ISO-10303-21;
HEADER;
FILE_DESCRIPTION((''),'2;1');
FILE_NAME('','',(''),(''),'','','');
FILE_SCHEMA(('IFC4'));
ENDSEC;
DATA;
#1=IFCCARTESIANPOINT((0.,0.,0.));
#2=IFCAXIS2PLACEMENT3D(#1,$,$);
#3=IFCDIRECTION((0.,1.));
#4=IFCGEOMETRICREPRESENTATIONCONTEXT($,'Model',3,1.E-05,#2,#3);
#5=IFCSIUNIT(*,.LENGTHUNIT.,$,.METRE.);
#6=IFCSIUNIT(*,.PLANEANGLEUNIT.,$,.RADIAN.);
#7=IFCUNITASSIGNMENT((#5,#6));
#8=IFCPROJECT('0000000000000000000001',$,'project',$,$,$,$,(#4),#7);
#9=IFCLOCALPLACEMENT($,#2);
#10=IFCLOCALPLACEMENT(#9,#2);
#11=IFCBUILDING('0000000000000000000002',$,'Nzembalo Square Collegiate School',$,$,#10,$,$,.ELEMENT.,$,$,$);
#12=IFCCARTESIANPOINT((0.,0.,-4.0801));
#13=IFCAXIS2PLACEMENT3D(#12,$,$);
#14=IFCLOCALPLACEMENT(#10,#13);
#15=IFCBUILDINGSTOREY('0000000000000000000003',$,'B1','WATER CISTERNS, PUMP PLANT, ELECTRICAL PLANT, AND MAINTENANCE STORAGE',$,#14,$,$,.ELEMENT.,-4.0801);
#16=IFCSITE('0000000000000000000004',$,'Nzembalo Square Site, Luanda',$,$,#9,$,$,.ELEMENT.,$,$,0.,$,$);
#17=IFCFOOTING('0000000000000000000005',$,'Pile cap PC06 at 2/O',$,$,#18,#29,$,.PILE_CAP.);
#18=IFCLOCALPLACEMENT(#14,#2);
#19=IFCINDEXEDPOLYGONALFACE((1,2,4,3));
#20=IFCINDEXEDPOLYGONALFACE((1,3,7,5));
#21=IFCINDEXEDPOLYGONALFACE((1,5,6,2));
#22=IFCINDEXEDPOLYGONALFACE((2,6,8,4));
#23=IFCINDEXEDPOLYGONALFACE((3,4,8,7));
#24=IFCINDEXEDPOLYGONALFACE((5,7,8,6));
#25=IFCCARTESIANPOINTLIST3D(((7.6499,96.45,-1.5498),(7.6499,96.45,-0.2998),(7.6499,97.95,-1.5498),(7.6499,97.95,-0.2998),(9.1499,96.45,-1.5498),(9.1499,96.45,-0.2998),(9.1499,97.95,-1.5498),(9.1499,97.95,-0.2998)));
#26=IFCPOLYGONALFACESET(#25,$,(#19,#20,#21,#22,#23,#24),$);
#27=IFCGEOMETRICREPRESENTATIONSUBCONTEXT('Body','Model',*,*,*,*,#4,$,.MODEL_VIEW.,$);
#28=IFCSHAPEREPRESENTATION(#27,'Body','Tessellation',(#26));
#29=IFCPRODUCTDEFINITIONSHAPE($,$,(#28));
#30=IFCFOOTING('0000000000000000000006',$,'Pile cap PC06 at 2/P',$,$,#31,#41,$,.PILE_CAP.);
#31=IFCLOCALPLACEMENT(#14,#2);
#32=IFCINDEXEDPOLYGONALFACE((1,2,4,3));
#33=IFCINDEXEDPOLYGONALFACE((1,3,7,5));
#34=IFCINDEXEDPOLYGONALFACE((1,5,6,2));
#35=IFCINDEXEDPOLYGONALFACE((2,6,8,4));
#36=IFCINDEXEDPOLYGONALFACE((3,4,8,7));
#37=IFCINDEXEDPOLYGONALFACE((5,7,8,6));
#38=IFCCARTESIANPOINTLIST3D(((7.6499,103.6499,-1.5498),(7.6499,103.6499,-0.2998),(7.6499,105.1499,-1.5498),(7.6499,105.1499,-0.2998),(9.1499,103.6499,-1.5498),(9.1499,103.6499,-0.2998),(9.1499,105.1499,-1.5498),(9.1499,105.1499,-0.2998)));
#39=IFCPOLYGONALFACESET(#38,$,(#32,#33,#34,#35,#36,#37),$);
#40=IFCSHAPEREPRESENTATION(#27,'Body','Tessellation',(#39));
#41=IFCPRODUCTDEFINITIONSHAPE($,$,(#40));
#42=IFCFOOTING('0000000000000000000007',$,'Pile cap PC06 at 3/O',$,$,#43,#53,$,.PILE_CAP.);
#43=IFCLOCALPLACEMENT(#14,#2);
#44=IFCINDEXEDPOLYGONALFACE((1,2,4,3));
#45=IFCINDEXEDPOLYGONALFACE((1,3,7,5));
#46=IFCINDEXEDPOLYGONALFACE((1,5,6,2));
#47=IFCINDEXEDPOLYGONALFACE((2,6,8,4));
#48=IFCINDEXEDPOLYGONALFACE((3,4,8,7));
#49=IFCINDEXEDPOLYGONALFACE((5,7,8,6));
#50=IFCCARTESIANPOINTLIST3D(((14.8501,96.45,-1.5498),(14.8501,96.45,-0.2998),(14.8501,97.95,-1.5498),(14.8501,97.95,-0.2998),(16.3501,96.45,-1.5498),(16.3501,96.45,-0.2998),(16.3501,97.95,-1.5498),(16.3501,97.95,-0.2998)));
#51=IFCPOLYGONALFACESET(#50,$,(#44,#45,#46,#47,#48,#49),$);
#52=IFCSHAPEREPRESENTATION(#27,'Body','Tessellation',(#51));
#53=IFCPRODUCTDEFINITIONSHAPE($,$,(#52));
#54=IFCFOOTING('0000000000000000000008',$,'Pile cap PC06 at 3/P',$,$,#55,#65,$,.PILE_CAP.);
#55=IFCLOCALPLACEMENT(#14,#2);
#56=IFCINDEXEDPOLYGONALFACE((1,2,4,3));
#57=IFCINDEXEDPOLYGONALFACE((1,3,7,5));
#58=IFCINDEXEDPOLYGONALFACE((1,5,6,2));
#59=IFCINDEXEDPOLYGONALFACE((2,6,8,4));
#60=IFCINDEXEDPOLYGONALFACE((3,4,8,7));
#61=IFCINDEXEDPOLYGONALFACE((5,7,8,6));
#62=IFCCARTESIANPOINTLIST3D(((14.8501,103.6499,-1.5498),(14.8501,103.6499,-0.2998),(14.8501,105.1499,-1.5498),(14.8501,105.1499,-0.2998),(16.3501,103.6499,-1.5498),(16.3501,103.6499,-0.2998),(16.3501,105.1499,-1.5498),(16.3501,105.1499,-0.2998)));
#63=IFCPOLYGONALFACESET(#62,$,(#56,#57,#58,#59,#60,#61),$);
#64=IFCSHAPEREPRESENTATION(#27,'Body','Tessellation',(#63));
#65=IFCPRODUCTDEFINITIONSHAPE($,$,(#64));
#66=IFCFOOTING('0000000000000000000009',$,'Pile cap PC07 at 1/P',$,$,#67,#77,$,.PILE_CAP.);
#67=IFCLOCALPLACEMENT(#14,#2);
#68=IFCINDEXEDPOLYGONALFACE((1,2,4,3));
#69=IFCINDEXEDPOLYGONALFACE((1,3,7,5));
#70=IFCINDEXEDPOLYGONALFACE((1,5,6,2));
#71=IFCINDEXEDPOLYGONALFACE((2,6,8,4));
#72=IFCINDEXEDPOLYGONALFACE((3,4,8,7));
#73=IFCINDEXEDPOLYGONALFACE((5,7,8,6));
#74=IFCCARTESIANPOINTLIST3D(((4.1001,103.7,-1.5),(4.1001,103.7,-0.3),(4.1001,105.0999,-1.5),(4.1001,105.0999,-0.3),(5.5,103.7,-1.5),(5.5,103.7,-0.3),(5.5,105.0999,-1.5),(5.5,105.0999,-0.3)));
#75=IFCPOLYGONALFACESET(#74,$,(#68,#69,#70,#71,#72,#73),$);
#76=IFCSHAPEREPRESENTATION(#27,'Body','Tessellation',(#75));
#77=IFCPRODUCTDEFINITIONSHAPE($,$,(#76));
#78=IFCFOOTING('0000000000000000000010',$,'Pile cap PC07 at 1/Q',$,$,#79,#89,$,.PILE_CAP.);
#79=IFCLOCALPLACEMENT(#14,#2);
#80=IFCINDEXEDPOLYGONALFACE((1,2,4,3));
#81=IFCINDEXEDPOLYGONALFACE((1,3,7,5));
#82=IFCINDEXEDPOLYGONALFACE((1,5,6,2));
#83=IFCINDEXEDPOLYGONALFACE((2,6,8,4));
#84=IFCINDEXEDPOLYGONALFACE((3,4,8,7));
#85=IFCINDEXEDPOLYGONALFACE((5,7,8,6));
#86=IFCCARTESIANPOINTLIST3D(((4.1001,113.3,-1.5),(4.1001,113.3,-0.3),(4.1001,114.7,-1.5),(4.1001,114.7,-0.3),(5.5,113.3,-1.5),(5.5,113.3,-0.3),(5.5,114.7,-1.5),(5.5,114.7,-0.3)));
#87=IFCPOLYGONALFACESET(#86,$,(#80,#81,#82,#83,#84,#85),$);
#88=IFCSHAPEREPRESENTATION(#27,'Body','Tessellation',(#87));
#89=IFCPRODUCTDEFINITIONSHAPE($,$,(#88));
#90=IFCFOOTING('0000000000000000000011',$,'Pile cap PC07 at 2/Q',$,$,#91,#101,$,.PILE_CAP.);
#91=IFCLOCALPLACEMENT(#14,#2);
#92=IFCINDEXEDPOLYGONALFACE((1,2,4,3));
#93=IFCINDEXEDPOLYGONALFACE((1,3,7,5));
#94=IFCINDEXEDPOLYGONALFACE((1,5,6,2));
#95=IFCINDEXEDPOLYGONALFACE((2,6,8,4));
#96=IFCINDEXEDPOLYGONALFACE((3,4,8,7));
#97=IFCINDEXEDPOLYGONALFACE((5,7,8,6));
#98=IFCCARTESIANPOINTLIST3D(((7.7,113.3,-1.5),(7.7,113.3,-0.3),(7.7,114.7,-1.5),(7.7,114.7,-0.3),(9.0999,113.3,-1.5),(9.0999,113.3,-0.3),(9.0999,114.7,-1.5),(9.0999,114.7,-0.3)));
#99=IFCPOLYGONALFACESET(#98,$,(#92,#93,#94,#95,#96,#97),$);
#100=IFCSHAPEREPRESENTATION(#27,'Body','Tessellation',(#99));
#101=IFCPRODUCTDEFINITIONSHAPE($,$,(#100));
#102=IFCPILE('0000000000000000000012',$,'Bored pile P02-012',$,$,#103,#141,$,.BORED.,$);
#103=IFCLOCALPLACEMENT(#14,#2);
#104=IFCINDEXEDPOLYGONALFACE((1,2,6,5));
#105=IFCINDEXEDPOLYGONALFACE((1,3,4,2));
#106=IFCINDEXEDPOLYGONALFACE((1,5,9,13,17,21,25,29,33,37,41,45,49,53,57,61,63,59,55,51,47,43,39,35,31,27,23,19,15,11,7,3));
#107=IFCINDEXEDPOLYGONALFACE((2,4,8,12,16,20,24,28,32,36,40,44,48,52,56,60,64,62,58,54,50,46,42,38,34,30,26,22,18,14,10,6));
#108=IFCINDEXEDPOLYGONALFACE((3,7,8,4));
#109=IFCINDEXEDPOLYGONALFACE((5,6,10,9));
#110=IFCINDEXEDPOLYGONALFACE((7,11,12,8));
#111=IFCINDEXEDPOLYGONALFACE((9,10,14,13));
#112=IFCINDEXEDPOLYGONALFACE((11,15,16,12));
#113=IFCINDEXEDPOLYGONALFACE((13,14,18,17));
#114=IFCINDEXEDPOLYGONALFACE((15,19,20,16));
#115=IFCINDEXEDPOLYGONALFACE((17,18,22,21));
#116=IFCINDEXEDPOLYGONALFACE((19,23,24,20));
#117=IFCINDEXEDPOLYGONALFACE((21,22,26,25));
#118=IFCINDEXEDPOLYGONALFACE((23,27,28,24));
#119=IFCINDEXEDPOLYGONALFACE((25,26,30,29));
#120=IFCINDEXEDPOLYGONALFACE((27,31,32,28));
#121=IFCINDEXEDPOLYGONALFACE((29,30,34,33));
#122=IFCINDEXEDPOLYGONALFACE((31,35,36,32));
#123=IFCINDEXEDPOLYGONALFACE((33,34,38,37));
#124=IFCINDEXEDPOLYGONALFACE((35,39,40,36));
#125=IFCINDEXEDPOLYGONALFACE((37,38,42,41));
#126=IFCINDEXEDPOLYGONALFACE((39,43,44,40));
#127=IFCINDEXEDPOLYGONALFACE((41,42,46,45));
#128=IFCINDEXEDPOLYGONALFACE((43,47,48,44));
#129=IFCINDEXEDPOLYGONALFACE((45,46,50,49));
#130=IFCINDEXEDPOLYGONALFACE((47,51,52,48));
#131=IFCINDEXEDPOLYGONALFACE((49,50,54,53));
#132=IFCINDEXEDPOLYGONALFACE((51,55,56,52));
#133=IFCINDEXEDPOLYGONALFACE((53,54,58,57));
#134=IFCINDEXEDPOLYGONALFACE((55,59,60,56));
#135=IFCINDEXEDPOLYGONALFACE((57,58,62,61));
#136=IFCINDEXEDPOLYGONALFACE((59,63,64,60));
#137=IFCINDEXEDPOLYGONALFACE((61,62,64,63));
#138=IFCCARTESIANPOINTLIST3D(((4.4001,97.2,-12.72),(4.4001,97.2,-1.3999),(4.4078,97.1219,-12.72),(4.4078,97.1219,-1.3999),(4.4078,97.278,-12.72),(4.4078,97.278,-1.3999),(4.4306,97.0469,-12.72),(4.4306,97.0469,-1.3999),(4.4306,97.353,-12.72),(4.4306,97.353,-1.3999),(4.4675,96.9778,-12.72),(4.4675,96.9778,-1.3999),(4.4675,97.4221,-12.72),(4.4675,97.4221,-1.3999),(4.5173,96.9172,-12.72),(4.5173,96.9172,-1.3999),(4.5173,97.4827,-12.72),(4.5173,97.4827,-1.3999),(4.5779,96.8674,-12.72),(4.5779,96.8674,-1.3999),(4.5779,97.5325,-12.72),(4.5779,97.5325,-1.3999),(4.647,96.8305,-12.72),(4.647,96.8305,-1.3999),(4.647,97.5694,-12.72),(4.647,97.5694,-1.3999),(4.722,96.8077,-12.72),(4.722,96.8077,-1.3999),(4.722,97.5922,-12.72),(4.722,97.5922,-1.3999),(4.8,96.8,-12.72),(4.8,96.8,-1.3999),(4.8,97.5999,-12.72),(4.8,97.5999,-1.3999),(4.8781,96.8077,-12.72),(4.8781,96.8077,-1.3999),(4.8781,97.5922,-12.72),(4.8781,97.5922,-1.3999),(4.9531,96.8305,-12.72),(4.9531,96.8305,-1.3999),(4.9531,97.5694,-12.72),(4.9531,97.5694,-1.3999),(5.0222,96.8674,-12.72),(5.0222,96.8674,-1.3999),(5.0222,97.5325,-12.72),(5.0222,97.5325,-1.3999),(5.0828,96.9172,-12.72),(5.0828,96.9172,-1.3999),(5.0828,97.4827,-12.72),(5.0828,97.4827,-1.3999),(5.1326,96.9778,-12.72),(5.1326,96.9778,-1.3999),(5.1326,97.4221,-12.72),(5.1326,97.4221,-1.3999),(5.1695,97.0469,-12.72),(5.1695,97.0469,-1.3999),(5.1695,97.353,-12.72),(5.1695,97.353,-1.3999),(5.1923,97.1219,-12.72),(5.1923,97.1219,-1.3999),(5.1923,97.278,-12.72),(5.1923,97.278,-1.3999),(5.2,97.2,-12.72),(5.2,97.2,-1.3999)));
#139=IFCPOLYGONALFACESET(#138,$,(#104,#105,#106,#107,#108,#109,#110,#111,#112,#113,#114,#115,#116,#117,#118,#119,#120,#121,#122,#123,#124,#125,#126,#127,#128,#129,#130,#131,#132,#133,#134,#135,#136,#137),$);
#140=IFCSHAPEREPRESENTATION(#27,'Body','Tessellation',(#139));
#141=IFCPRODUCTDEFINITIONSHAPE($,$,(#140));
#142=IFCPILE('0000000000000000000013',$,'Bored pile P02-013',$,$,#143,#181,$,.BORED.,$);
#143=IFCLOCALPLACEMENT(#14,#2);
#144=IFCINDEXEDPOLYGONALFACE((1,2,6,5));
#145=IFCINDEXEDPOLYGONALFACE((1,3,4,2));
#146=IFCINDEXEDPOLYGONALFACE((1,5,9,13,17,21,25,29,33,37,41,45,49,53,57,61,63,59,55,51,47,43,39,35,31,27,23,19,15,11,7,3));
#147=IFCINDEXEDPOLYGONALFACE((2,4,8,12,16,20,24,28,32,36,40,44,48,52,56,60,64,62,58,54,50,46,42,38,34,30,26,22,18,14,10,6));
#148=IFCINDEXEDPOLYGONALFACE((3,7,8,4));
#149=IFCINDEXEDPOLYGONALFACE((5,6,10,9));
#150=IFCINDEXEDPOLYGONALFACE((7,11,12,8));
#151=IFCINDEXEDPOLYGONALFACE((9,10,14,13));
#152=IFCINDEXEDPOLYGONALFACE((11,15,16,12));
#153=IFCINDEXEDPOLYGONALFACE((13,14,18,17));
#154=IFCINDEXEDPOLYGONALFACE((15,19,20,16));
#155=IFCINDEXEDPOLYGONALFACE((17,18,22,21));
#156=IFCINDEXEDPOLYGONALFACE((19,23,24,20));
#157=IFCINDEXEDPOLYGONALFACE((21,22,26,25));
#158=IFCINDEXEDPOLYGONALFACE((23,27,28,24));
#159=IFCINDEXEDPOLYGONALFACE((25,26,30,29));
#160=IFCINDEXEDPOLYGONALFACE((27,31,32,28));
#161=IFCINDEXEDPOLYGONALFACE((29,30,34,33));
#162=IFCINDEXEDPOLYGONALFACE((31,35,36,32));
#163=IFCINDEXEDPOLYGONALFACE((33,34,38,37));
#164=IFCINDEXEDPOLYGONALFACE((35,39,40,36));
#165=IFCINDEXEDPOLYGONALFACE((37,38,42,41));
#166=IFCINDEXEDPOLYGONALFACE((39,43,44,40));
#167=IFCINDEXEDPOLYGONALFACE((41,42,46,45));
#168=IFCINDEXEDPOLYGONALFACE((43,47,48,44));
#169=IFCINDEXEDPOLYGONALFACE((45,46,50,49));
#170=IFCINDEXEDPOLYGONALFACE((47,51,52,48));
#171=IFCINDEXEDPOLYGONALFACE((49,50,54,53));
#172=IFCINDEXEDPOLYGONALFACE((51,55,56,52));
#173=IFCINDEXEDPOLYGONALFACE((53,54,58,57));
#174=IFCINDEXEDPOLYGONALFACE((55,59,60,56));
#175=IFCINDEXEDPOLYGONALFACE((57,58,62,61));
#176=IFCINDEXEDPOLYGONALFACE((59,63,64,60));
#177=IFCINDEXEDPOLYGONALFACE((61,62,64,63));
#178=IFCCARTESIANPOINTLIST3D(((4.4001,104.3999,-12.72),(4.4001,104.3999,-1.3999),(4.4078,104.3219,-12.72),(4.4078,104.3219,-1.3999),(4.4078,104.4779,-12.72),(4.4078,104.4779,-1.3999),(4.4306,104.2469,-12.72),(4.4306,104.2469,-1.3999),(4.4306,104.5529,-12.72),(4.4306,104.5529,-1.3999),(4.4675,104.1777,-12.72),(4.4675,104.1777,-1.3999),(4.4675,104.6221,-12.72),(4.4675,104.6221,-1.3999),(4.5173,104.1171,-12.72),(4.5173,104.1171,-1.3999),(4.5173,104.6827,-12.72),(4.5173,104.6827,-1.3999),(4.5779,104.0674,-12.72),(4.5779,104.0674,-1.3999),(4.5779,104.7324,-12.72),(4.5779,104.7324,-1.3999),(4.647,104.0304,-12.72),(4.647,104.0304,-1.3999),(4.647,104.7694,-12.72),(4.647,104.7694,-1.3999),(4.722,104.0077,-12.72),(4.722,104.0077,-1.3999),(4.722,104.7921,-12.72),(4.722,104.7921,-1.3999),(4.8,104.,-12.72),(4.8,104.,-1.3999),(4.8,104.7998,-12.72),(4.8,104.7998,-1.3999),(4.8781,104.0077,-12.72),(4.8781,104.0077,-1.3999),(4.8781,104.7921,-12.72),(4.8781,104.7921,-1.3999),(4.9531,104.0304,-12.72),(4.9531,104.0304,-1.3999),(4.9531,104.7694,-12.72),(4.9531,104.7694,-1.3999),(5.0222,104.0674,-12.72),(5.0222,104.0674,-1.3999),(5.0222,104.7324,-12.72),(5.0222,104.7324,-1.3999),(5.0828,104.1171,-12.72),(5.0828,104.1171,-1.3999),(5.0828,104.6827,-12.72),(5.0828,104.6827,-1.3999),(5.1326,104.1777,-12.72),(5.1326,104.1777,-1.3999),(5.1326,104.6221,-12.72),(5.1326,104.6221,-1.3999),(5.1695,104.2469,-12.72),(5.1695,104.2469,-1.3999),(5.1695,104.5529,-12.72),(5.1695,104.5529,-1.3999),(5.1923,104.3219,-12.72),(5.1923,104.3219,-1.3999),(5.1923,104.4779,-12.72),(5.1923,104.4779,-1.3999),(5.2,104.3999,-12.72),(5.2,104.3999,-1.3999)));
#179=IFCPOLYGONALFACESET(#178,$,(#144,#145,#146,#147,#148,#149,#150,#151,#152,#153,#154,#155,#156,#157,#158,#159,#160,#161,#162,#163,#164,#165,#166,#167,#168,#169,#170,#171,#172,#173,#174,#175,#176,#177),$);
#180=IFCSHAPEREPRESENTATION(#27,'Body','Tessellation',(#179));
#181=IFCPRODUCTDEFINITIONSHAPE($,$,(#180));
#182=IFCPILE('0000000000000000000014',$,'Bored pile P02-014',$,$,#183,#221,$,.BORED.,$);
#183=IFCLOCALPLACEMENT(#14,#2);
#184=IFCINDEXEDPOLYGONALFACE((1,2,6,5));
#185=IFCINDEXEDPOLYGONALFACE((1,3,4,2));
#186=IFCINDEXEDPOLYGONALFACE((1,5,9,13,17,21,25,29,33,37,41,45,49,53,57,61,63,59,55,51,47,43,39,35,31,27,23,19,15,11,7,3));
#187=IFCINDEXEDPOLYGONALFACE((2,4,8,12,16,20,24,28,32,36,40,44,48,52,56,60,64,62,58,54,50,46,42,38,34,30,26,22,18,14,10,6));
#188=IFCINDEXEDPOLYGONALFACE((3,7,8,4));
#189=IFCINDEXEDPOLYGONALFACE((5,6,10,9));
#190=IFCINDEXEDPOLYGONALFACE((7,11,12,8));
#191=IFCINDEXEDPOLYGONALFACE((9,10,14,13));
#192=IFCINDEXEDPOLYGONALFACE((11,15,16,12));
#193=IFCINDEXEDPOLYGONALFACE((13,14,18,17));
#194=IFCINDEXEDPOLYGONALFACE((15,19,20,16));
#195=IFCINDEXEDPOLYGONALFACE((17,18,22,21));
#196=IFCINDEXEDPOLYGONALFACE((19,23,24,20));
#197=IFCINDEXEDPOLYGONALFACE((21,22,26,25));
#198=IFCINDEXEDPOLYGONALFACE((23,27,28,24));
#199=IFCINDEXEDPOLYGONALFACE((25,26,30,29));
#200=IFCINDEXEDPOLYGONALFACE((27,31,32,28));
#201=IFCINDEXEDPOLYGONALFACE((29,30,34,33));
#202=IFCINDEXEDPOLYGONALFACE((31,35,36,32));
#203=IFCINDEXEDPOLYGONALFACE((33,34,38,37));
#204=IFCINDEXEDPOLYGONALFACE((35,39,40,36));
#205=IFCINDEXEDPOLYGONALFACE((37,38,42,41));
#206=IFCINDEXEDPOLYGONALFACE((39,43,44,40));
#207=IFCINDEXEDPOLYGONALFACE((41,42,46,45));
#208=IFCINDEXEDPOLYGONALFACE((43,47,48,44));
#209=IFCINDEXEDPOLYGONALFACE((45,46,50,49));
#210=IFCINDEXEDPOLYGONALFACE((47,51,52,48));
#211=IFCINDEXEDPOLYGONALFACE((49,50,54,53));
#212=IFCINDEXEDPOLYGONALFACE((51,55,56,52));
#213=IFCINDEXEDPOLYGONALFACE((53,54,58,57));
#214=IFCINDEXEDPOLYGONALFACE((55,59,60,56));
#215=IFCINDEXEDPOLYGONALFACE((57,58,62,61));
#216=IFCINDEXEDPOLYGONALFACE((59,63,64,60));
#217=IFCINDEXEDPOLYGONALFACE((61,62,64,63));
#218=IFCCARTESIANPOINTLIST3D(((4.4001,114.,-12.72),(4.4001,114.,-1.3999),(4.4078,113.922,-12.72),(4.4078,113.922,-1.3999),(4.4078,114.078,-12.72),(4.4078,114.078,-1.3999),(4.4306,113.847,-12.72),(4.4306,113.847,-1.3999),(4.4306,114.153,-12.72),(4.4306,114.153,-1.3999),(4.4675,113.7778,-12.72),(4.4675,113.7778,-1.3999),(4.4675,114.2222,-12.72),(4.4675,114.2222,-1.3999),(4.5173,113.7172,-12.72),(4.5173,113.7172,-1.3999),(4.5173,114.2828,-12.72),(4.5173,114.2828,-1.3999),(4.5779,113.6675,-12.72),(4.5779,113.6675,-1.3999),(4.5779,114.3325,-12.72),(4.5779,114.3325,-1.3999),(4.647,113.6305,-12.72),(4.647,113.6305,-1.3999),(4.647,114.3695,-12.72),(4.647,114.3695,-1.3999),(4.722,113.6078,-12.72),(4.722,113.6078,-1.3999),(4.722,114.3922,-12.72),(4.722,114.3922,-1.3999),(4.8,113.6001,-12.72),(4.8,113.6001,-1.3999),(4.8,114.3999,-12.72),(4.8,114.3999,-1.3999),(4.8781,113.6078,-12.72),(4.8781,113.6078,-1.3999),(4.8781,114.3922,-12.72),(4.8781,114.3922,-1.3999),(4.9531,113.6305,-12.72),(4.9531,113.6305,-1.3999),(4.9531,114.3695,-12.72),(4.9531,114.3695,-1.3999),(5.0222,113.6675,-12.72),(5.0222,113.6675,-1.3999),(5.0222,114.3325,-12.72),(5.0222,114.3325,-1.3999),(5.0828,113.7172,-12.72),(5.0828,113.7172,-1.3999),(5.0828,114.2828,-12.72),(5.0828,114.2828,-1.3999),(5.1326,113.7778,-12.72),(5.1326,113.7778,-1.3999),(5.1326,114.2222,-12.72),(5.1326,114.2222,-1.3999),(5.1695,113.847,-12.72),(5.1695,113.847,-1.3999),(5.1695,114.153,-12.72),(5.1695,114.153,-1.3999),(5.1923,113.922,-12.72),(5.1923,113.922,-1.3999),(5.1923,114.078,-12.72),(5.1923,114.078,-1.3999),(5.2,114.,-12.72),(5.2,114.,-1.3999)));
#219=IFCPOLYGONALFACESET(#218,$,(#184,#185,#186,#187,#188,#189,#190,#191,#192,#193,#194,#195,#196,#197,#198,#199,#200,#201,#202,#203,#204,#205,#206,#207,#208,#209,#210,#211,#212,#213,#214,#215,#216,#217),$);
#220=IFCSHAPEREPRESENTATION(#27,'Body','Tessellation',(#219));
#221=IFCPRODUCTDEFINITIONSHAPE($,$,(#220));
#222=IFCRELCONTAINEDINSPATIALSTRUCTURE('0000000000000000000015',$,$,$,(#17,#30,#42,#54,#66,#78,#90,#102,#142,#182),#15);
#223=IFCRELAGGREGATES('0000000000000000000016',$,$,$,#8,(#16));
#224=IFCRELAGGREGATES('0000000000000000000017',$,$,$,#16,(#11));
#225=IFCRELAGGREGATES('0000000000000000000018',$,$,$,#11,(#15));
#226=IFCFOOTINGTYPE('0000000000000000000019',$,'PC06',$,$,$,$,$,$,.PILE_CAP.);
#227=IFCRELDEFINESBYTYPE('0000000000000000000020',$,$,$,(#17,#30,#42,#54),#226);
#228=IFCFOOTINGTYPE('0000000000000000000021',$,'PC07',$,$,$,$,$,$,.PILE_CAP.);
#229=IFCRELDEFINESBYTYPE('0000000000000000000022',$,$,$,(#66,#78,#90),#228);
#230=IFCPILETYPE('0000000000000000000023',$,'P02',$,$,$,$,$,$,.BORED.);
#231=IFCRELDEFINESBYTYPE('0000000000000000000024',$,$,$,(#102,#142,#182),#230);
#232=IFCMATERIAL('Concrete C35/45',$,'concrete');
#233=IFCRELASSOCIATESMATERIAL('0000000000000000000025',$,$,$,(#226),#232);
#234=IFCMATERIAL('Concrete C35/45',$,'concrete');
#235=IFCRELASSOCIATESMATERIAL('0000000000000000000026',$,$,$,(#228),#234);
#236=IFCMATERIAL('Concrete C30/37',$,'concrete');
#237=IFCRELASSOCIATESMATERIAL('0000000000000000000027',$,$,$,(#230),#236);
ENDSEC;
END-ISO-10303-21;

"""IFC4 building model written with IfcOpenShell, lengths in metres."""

from ifc_helpers import new_model, si_unit, direction, frame, origin, origin_2d, place, context, subcontext, project, spatial, rectangle, circle, extrude, material, material_profile, profile_set, type_object, element, save


model = new_model("IFC4")

# Units and contexts
model_context = context("Model", 3, precision=1e-05, world=origin(), true_north=direction((0.0, 1.0)))
body_context = subcontext(model_context, "Body", "Model", "MODEL_VIEW")
ifc_project = project(units=[si_unit("LENGTHUNIT", "METRE"), si_unit("PLANEANGLEUNIT", "RADIAN")], contexts=[model_context])

# Site, building, storey
site_placement = place(None, origin())
site = spatial("IfcSite", under=ifc_project, at=site_placement, Name="Nzembalo Square Site, Luanda", CompositionType="ELEMENT", RefElevation=0.0)
building_placement = place(site_placement, origin())
building = spatial("IfcBuilding", under=site, at=building_placement, Name="Nzembalo Square Collegiate School", CompositionType="ELEMENT")
storey_placement = place(building_placement, frame((0.0, 0.0, -4.0801)))
storey = spatial("IfcBuildingStorey", under=building, at=storey_placement, Name="B1", Description="WATER CISTERNS, PUMP PLANT, ELECTRICAL PLANT, AND MAINTENANCE STORAGE", CompositionType="ELEMENT", Elevation=-4.0801)

# Footings
ifc_material_1 = material(Name="Concrete C35/45", Category="concrete")
footing_type_1 = type_object("IfcFootingType", Name="PC06", PredefinedType="PILE_CAP", material=ifc_material_1)
for number, where, z_axis, x_axis, name in (
    (1, (8.3999, 97.2, -1.5498), (0.0, 0.0, 1.0), (1.0, 0.0, 0.0), "Pile cap PC06 at 2/O"),
    (2, (8.3999, 104.3999, -1.5498), (0.0, 0.0, 1.0), (1.0, 0.0, 0.0), "Pile cap PC06 at 2/P"),
    (3, (15.6001, 97.2, -1.5498), (0.0, 0.0, 1.0), (1.0, 0.0, 0.0), "Pile cap PC06 at 3/O"),
    (4, (15.6001, 104.3999, -1.5498), (0.0, 0.0, 1.0), (1.0, 0.0, 0.0), "Pile cap PC06 at 3/P"),
):
    element("IfcFooting", number, at=place(storey_placement, frame(where, z_axis=z_axis, x_axis=x_axis)), inside=storey, type_object=footing_type_1, Name=name, PredefinedType="PILE_CAP", context=body_context, shape_type="SweptSolid", body=[
        extrude(rectangle(XDim=1.5, YDim=1.5, at=origin_2d()), origin(), (0.0, 0.0, 1.0), 1.25),
    ])
ifc_material_2 = material(Name="Concrete C35/45", Category="concrete")
footing_type_2 = type_object("IfcFootingType", Name="PC07", PredefinedType="PILE_CAP", material=ifc_material_2)
for number, where, z_axis, x_axis, name in (
    (5, (4.8, 104.3999, -1.5), (0.0, 0.0, 1.0), (1.0, 0.0, 0.0), "Pile cap PC07 at 1/P"),
    (6, (4.8, 114.0, -1.5), (0.0, 0.0, 1.0), (1.0, 0.0, 0.0), "Pile cap PC07 at 1/Q"),
    (7, (8.3999, 114.0, -1.5), (0.0, 0.0, 1.0), (1.0, 0.0, 0.0), "Pile cap PC07 at 2/Q"),
):
    element("IfcFooting", number, at=place(storey_placement, frame(where, z_axis=z_axis, x_axis=x_axis)), inside=storey, type_object=footing_type_2, Name=name, PredefinedType="PILE_CAP", context=body_context, shape_type="SweptSolid", body=[
        extrude(rectangle(XDim=1.3999, YDim=1.3999, at=origin_2d()), origin(), (0.0, 0.0, 1.0), 1.2),
    ])

# Piles
ifc_material_3 = material(Name="Concrete C30/37", Category="concrete")
ifc_material_profile_1 = material_profile(ifc_material_3, circle(Radius=0.3999, at=origin_2d()), Name="PILE D800")
ifc_profile_set_1 = profile_set([ifc_material_profile_1], Name="Concrete C30/37")
pile_type = type_object("IfcPileType", Name="P02", PredefinedType="BORED", material=ifc_profile_set_1)
for number, where, z_axis, x_axis, name in (
    (8, (4.8, 97.2, -1.3999), (0.0, 0.0, -1.0), (1.0, 0.0, 0.0), "Bored pile P02-012"),
    (9, (4.8, 104.3999, -1.3999), (0.0, 0.0, -1.0), (1.0, 0.0, 0.0), "Bored pile P02-013"),
    (10, (4.8, 114.0, -1.3999), (0.0, 0.0, -1.0), (1.0, 0.0, 0.0), "Bored pile P02-014"),
):
    element("IfcPile", number, at=place(storey_placement, frame(where, z_axis=z_axis, x_axis=x_axis)), inside=storey, type_object=pile_type, Name=name, PredefinedType="BORED", context=body_context, shape_type="SweptSolid", body=[
        extrude(circle(Radius=0.3999, at=origin_2d()), origin(), (0.0, 0.0, 1.0), 11.3201),
    ])

save(model, "model.ifc")
